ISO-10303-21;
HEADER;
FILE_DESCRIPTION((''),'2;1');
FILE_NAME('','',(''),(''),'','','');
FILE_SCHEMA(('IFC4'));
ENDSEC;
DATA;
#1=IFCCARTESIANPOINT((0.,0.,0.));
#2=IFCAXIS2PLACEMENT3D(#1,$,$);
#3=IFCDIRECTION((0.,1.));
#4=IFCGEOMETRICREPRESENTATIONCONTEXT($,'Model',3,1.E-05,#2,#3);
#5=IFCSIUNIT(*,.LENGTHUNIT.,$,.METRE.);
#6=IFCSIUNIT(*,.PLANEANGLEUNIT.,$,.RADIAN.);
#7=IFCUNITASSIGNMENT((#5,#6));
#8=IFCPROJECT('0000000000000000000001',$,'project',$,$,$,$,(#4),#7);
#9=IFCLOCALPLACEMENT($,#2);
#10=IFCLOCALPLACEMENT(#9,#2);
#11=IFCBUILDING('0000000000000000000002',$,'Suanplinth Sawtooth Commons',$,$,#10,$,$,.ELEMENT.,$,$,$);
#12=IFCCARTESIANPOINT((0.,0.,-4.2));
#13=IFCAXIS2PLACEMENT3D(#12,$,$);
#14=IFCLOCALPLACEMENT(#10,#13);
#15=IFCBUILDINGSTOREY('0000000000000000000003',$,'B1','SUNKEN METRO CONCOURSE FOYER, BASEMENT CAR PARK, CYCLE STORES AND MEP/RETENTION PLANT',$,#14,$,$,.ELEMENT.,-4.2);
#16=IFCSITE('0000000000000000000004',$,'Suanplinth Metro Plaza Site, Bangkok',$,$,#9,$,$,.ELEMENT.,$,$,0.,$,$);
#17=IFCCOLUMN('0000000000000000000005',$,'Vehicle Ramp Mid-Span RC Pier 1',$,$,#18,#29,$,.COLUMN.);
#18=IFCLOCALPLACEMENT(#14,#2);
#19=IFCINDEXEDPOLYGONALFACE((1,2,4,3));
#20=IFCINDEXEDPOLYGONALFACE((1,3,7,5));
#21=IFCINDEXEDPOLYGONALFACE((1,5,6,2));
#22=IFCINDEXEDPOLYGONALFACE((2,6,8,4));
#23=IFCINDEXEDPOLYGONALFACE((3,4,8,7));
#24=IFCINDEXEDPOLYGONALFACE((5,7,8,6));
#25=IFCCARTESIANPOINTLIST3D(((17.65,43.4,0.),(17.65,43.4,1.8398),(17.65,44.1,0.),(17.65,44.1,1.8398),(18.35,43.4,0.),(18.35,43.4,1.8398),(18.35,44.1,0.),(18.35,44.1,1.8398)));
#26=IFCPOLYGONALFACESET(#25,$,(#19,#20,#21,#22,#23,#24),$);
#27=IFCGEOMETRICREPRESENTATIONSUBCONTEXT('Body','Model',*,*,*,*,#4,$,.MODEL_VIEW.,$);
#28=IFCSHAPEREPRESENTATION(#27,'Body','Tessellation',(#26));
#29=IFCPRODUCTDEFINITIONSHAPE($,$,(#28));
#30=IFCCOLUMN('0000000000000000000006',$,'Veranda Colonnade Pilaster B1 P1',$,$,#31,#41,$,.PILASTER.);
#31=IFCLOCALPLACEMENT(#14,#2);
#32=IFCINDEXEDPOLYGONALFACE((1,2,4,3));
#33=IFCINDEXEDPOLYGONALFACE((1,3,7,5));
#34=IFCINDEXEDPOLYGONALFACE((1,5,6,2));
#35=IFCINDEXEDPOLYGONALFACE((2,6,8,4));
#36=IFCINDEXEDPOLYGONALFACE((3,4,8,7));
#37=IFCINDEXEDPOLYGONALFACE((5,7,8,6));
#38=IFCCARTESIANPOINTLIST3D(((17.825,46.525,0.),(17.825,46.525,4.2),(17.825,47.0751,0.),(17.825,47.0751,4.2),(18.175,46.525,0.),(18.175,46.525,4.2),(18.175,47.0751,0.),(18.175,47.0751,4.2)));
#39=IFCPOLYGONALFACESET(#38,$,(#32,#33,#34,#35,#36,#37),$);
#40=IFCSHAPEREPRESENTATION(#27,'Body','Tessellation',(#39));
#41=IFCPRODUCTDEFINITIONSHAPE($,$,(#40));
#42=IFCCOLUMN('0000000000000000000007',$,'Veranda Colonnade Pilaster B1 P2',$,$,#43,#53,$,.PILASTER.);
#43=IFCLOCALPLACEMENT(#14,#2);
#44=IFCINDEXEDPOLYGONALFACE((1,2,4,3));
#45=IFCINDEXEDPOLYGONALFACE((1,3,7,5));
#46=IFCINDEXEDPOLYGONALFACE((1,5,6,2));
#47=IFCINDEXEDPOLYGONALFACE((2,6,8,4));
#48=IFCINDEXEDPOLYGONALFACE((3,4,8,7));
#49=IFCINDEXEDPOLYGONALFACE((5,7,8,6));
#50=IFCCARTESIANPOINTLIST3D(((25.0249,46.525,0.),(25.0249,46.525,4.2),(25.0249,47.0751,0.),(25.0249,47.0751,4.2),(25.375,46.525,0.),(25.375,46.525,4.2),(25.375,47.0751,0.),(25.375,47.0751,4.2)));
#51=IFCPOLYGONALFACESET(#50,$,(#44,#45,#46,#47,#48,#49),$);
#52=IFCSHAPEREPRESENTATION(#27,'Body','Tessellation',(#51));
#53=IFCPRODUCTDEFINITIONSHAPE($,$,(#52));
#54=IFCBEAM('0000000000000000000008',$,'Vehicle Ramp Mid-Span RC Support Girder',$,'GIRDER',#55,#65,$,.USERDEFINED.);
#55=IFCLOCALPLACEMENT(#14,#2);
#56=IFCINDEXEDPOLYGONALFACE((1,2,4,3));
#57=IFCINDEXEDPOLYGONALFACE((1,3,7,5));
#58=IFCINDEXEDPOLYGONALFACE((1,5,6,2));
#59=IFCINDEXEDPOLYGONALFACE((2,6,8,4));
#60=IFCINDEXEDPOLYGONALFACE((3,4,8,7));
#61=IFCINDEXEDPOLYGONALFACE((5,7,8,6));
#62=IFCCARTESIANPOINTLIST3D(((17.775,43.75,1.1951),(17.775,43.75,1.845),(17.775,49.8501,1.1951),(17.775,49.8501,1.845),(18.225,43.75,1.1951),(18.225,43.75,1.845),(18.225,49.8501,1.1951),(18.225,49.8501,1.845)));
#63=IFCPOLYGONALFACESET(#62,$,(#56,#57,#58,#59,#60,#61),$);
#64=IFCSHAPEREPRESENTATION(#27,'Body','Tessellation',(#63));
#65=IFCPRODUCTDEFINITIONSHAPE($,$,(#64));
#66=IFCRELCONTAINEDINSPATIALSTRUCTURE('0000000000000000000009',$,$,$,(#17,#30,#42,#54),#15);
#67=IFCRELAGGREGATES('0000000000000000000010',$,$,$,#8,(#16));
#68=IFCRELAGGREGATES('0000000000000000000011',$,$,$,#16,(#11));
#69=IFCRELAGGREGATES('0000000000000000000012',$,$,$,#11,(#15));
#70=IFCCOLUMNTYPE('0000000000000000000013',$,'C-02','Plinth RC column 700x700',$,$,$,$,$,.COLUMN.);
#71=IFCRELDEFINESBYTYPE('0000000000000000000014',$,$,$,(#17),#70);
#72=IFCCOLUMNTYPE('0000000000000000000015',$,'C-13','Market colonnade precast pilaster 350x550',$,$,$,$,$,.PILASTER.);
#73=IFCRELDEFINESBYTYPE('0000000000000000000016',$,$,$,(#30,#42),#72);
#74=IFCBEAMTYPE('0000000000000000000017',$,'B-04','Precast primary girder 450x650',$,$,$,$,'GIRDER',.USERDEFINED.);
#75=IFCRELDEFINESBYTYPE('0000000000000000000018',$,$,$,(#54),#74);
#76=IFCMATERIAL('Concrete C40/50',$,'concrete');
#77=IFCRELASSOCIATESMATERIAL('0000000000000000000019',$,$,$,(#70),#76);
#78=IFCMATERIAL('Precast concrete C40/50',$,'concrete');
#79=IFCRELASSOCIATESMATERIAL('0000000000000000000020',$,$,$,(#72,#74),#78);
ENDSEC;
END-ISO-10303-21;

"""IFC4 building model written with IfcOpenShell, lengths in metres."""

from ifc_helpers import new_model, si_unit, direction, frame, origin, origin_2d, place, context, subcontext, project, spatial, rectangle, extrude, material, material_profile, profile_set, type_object, element, save


model = new_model("IFC4")

# Units and contexts
model_context = context("Model", 3, precision=1e-05, world=origin(), true_north=direction((0.0, 1.0)))
body_context = subcontext(model_context, "Body", "Model", "MODEL_VIEW")
ifc_project = project(units=[si_unit("LENGTHUNIT", "METRE"), si_unit("PLANEANGLEUNIT", "RADIAN")], contexts=[model_context])

# Site, building, storey
site_placement = place(None, origin())
site = spatial("IfcSite", under=ifc_project, at=site_placement, Name="Suanplinth Metro Plaza Site, Bangkok", CompositionType="ELEMENT", RefElevation=0.0)
building_placement = place(site_placement, origin())
building = spatial("IfcBuilding", under=site, at=building_placement, Name="Suanplinth Sawtooth Commons", CompositionType="ELEMENT")
storey_placement = place(building_placement, frame((0.0, 0.0, -4.2)))
storey = spatial("IfcBuildingStorey", under=building, at=storey_placement, Name="B1", Description="SUNKEN METRO CONCOURSE FOYER, BASEMENT CAR PARK, CYCLE STORES AND MEP/RETENTION PLANT", CompositionType="ELEMENT", Elevation=-4.2)

# Columns
ifc_material_1 = material(Name="Concrete C40/50", Category="concrete")
ifc_material_profile_1 = material_profile(ifc_material_1, rectangle(XDim=0.7, YDim=0.7, at=origin_2d()), Name="RC-COL 700x700")
ifc_profile_set_1 = profile_set([ifc_material_profile_1], Name="Concrete C40/50")
column_type_1 = type_object("IfcColumnType", Name="C-02", Description="Plinth RC column 700x700", PredefinedType="COLUMN", material=ifc_profile_set_1)
column_placement = place(storey_placement, frame((18.0, 43.75, 0.0), z_axis=(0.0, 0.0, 1.0), x_axis=(1.0, 0.0, 0.0)))
element("IfcColumn", 1, at=column_placement, inside=storey, type_object=column_type_1, Name="Vehicle Ramp Mid-Span RC Pier 1", PredefinedType="COLUMN", context=body_context, shape_type="SweptSolid", body=[
    extrude(rectangle(XDim=0.7, YDim=0.7, at=origin_2d()), origin(), (0.0, 0.0, 1.0), 1.8398),
])
ifc_material_2 = material(Name="Precast concrete C40/50", Category="concrete")
ifc_material_profile_2 = material_profile(ifc_material_2, rectangle(XDim=0.3501, YDim=0.55, at=origin_2d()), Name="PC-PIL 350x550")
ifc_profile_set_2 = profile_set([ifc_material_profile_2], Name="Precast concrete C40/50")
column_type_2 = type_object("IfcColumnType", Name="C-13", Description="Market colonnade precast pilaster 350x550", PredefinedType="PILASTER", material=ifc_profile_set_2)
for number, where, z_axis, x_axis, name in (
    (2, (18.0, 46.8, 0.0), (0.0, 0.0, 1.0), (1.0, 0.0, 0.0), "Veranda Colonnade Pilaster B1 P1"),
    (3, (25.2, 46.8, 0.0), (0.0, 0.0, 1.0), (1.0, 0.0, 0.0), "Veranda Colonnade Pilaster B1 P2"),
):
    element("IfcColumn", number, at=place(storey_placement, frame(where, z_axis=z_axis, x_axis=x_axis)), inside=storey, type_object=column_type_2, Name=name, PredefinedType="PILASTER", context=body_context, shape_type="SweptSolid", body=[
        extrude(rectangle(XDim=0.3501, YDim=0.55, at=origin_2d()), origin(), (0.0, 0.0, 1.0), 4.2),
    ])

# Beam
ifc_material_profile_3 = material_profile(ifc_material_2, rectangle(XDim=0.45, YDim=0.6499, at=origin_2d()), Name="PC-GDR 450x650")
ifc_profile_set_3 = profile_set([ifc_material_profile_3], Name="Precast concrete C40/50")
beam_type = type_object("IfcBeamType", Name="B-04", Description="Precast primary girder 450x650", ElementType="GIRDER", PredefinedType="USERDEFINED", material=ifc_profile_set_3)
beam_placement = place(storey_placement, frame((18.0, 43.75, 1.52), z_axis=(0.0, 1.0, 0.0), x_axis=(-1.0, 0.0, 0.0)))
element("IfcBeam", 4, at=beam_placement, inside=storey, type_object=beam_type, Name="Vehicle Ramp Mid-Span RC Support Girder", ObjectType="GIRDER", PredefinedType="USERDEFINED", context=body_context, shape_type="SweptSolid", body=[
    extrude(rectangle(XDim=0.45, YDim=0.6499, at=origin_2d()), origin(), (0.0, 0.0, 1.0), 6.1001),
])

save(model, "model.ifc")
